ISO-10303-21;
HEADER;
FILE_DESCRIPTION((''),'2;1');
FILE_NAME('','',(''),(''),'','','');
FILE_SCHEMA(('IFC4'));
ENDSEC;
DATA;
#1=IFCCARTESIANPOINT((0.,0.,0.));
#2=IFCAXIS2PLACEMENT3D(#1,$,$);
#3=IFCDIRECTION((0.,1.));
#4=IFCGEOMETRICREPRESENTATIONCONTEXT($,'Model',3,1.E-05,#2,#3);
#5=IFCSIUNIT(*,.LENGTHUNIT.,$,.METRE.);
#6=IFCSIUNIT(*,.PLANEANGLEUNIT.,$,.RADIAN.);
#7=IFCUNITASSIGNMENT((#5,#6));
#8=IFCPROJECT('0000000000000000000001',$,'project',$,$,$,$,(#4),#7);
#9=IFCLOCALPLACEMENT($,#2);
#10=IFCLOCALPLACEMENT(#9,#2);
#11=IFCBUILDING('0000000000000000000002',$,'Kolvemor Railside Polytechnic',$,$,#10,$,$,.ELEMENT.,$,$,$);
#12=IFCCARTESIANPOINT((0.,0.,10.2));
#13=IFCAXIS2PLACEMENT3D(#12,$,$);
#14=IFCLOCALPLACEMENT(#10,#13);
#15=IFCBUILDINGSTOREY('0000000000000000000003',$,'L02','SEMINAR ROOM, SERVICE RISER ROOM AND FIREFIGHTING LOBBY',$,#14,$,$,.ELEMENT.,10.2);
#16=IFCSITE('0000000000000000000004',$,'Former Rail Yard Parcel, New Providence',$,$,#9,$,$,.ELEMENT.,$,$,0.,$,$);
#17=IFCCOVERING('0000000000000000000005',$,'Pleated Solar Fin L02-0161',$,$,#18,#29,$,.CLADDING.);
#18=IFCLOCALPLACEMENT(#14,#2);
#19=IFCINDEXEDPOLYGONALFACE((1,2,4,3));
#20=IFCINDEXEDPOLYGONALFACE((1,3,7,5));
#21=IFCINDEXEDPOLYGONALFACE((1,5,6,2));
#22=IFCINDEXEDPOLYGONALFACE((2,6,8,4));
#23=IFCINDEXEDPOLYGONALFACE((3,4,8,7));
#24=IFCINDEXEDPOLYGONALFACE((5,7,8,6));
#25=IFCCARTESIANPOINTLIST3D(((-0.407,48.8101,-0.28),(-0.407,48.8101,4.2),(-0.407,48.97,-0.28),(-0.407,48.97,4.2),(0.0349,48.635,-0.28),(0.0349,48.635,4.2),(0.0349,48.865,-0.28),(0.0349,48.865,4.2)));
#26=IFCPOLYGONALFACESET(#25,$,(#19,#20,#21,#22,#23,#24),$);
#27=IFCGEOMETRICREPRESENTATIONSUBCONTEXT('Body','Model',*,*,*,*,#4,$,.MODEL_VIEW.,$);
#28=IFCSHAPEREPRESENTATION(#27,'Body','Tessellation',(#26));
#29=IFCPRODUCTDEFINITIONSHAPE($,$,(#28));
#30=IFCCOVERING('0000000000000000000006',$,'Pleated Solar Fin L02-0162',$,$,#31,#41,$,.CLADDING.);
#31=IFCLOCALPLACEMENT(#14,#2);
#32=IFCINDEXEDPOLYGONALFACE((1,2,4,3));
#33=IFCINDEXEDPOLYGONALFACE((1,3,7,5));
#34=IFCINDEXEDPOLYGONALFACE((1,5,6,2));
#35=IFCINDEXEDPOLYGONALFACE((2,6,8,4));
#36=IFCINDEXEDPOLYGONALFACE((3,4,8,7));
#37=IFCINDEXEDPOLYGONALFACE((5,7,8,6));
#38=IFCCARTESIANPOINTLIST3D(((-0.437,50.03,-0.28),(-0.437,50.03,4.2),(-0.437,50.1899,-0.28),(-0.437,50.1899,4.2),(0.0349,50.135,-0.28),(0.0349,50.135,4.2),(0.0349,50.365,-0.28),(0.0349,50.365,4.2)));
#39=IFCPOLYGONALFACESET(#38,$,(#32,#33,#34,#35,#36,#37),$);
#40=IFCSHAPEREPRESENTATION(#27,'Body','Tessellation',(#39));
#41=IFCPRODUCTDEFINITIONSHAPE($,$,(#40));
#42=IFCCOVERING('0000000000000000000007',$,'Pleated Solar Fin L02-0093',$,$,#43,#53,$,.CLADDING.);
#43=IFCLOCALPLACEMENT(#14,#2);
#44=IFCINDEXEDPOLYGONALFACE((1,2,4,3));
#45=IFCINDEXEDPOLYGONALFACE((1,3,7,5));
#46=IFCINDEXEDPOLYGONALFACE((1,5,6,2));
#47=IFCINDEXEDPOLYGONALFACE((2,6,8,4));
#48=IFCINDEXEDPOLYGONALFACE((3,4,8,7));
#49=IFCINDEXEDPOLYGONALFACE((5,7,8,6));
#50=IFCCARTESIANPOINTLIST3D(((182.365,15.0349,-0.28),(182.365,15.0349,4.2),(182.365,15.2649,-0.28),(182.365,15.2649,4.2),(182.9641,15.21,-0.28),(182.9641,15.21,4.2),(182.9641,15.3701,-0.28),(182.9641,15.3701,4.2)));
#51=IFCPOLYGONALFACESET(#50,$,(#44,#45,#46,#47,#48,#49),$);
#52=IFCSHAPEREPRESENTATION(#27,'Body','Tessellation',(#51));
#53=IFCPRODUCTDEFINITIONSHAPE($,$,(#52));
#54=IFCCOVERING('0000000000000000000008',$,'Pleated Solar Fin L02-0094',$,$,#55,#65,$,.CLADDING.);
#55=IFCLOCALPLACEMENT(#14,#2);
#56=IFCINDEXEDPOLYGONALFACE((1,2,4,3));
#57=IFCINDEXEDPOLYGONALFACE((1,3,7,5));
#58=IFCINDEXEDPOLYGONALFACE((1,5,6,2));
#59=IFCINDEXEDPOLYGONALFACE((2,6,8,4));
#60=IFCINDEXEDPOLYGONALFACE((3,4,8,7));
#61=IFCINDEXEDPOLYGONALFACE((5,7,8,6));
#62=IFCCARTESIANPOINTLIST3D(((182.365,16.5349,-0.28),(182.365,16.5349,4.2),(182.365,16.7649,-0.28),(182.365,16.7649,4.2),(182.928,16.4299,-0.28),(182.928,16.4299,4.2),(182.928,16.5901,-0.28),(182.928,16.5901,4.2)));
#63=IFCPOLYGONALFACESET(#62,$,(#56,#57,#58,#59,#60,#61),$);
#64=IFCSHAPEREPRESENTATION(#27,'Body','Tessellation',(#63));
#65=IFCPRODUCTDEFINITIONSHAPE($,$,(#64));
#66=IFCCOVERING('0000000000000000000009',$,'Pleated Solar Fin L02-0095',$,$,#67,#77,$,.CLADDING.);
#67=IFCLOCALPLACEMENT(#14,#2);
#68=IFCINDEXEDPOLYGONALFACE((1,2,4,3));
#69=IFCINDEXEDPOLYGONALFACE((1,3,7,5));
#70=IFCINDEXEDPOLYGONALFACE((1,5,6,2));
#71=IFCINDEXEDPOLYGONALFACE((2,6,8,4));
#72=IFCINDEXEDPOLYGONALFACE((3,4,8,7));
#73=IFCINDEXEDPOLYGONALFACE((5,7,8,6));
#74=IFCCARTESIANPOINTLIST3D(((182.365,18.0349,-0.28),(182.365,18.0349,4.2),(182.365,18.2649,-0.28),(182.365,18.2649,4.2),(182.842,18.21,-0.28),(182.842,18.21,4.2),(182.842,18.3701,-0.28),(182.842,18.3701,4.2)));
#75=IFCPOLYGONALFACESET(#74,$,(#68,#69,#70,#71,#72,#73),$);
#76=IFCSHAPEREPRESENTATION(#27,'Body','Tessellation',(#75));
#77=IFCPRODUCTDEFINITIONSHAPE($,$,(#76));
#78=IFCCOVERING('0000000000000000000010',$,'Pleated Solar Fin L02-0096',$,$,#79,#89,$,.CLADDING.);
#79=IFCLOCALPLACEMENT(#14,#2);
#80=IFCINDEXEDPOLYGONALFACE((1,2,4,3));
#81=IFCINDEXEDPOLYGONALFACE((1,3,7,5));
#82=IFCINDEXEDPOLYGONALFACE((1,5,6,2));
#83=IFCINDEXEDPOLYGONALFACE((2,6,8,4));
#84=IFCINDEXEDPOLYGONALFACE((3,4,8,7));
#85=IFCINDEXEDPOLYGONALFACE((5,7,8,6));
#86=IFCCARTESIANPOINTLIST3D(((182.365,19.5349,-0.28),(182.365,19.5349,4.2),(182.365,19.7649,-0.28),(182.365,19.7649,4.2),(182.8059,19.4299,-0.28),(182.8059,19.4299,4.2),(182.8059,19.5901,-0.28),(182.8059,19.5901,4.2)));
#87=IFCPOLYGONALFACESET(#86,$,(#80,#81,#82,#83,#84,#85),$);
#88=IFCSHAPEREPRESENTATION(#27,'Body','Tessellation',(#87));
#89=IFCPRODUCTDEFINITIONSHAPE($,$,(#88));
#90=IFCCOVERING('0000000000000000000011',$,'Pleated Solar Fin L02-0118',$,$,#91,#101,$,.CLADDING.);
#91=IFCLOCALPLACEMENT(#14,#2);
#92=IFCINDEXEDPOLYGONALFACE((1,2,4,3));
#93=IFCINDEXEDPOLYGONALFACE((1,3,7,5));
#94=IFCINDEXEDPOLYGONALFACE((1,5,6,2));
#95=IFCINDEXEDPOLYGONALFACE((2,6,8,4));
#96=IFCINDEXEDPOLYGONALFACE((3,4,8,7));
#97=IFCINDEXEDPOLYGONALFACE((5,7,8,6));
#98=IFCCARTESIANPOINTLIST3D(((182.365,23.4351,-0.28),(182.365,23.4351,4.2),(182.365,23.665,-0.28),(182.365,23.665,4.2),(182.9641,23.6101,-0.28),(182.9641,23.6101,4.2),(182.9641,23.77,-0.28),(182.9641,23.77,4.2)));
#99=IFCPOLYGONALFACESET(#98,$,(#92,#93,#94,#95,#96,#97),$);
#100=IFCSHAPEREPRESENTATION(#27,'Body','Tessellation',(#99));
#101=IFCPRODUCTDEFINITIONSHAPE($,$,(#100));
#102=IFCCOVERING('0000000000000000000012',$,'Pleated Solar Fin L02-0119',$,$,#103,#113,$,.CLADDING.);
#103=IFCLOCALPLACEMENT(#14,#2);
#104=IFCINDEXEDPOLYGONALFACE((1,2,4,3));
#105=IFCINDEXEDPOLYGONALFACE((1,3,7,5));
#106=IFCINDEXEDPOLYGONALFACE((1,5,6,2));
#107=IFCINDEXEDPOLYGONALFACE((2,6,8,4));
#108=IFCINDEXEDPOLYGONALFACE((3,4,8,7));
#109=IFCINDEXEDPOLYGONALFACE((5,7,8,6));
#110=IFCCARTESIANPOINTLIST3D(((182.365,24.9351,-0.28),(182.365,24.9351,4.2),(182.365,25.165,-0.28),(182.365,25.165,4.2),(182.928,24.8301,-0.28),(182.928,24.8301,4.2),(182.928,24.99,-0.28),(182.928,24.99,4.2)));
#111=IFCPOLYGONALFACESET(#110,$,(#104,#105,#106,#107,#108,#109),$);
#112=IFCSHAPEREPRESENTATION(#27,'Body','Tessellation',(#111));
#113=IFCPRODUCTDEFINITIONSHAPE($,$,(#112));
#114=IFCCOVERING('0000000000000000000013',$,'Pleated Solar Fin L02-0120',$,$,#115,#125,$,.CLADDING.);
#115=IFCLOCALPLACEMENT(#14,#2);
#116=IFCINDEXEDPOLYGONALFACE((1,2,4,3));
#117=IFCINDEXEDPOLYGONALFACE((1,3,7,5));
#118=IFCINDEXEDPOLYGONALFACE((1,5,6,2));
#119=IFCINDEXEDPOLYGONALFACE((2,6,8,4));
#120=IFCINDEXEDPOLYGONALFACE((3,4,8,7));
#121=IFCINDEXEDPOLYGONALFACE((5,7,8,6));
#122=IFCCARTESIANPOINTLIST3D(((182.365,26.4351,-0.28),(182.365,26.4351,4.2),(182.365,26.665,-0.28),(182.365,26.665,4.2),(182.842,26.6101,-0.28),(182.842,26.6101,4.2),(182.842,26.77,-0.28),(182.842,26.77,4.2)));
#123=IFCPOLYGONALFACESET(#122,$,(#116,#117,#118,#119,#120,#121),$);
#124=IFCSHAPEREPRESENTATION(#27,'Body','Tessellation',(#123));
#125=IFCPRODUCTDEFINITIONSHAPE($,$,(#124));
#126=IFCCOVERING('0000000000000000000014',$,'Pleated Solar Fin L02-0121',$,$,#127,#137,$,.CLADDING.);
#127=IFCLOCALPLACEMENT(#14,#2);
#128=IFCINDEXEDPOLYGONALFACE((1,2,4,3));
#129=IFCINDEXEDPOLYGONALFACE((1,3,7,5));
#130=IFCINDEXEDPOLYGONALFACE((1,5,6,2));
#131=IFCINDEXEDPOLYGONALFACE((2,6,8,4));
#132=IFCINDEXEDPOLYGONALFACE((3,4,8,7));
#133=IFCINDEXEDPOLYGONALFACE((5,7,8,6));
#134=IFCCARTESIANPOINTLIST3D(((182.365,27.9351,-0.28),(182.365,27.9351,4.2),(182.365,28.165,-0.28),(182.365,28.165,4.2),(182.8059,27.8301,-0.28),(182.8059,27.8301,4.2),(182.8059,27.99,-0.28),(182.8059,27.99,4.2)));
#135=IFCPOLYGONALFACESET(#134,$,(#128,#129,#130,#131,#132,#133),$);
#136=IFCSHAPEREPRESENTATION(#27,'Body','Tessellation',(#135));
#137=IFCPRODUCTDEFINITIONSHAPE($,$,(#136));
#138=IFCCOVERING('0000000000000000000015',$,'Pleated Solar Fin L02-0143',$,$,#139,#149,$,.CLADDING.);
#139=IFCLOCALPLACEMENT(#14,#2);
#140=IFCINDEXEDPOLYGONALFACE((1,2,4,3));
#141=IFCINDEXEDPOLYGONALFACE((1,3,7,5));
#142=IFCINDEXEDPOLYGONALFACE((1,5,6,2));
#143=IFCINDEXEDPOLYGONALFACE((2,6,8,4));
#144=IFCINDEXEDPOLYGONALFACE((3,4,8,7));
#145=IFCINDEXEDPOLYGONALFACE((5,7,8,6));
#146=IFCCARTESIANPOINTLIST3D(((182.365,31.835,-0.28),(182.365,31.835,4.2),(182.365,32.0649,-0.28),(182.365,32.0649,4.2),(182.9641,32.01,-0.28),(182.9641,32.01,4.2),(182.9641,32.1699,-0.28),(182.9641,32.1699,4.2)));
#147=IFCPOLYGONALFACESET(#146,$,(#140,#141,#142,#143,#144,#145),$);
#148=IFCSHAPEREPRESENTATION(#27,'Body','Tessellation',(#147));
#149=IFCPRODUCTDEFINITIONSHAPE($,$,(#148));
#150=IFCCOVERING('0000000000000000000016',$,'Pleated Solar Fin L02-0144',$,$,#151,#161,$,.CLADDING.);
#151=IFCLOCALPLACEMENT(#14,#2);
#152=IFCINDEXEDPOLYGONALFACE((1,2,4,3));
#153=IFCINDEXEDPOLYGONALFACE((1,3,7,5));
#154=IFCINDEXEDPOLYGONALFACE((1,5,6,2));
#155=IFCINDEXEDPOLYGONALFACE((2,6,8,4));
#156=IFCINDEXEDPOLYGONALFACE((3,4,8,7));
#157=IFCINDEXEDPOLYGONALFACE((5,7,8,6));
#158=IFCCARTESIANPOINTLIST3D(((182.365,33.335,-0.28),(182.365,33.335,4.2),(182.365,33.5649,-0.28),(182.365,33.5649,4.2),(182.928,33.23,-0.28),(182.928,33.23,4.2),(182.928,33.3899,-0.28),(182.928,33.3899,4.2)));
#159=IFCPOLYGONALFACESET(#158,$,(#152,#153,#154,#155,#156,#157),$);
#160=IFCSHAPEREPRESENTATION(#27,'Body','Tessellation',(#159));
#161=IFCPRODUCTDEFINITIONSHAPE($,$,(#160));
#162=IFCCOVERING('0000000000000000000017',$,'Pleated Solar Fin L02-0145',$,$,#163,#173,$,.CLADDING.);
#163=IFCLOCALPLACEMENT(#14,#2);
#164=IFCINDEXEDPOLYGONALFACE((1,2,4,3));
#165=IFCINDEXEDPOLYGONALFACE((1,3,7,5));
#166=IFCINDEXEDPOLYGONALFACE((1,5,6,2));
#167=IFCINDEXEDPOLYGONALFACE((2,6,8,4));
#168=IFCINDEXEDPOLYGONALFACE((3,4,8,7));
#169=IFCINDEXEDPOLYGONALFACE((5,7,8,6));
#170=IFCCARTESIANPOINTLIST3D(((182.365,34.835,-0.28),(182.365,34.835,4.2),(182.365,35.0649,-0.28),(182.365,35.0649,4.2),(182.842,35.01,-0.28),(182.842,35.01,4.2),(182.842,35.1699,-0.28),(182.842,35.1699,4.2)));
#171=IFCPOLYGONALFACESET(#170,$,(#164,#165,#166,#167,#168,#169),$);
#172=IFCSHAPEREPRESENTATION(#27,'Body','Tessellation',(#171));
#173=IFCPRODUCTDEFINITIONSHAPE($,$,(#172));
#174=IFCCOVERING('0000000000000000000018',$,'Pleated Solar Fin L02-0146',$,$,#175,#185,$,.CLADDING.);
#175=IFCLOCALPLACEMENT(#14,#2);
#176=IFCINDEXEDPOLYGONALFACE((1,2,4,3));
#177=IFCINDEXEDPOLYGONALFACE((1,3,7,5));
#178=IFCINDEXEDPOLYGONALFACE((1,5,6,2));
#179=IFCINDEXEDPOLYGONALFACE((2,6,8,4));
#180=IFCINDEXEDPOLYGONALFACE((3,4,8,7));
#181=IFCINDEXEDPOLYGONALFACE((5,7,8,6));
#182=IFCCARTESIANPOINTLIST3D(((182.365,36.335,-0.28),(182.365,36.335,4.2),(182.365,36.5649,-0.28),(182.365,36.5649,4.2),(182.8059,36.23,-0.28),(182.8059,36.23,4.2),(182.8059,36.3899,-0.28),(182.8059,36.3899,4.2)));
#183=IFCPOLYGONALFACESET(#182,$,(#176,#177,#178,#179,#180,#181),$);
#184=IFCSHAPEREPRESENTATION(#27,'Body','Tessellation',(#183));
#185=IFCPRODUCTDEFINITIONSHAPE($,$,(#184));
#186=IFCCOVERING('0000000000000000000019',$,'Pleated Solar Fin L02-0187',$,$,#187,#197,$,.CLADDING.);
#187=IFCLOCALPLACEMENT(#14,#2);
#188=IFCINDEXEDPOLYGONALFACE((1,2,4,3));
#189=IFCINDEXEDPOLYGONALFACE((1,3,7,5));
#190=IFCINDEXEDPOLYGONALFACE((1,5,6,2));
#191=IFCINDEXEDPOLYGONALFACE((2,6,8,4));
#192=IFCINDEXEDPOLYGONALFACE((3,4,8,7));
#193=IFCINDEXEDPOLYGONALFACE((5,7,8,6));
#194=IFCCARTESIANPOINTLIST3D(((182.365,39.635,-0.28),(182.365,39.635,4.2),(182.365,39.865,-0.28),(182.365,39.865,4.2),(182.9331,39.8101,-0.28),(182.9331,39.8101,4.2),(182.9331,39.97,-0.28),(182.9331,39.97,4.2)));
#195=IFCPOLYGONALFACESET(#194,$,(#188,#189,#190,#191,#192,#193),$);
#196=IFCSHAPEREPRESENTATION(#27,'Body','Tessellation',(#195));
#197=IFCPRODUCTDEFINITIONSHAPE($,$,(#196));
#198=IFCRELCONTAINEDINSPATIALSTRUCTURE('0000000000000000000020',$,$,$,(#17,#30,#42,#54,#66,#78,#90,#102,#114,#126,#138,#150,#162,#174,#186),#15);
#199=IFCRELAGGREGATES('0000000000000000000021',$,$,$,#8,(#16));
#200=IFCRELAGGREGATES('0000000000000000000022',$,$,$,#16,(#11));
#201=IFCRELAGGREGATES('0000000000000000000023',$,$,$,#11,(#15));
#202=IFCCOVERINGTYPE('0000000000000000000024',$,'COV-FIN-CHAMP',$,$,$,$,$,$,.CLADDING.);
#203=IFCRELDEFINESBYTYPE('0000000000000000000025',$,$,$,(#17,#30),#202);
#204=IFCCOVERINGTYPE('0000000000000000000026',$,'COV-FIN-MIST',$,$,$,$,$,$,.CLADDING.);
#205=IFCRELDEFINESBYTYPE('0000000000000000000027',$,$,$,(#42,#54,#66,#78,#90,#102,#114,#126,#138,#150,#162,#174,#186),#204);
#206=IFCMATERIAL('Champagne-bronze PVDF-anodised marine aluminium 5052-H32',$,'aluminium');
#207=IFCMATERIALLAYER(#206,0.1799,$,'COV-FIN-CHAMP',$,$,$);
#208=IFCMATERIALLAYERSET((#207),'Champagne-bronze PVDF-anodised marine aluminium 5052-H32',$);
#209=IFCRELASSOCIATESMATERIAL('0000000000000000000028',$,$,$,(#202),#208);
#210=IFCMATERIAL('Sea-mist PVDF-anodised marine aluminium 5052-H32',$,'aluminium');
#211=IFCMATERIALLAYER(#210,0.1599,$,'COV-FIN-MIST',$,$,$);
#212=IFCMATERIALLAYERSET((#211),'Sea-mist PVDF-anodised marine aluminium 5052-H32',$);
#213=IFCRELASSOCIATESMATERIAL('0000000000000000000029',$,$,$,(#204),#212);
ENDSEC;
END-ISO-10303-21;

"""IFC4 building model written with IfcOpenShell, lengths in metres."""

from ifc_helpers import new_model, si_unit, direction, frame, origin, place, context, subcontext, project, spatial, polyline, outline, extrude, material, layer, layer_set, type_object, element, save


model = new_model("IFC4")

# Units and contexts
model_context = context("Model", 3, precision=1e-05, world=origin(), true_north=direction((0.0, 1.0)))
body_context = subcontext(model_context, "Body", "Model", "MODEL_VIEW")
ifc_project = project(units=[si_unit("LENGTHUNIT", "METRE"), si_unit("PLANEANGLEUNIT", "RADIAN")], contexts=[model_context])

# Site, building, storey
site_placement = place(None, origin())
site = spatial("IfcSite", under=ifc_project, at=site_placement, Name="Former Rail Yard Parcel, New Providence", CompositionType="ELEMENT", RefElevation=0.0)
building_placement = place(site_placement, origin())
building = spatial("IfcBuilding", under=site, at=building_placement, Name="Kolvemor Railside Polytechnic", CompositionType="ELEMENT")
storey_placement = place(building_placement, frame((0.0, 0.0, 10.2)))
storey = spatial("IfcBuildingStorey", under=building, at=storey_placement, Name="L02", Description="SEMINAR ROOM, SERVICE RISER ROOM AND FIREFIGHTING LOBBY", CompositionType="ELEMENT", Elevation=10.2)

# Coverings
ifc_material_1 = material(Name="Champagne-bronze PVDF-anodised marine aluminium 5052-H32", Category="aluminium")
ifc_layer_1 = layer(ifc_material_1, 0.1799, Name="COV-FIN-CHAMP")
ifc_layer_set_1 = layer_set([ifc_layer_1], Name="Champagne-bronze PVDF-anodised marine aluminium 5052-H32")
covering_type_1 = type_object("IfcCoveringType", Name="COV-FIN-CHAMP", PredefinedType="CLADDING", material=ifc_layer_set_1)
covering_1_placement = place(storey_placement, frame((0.0, 0.0, -0.28)))
element("IfcCovering", 1, at=covering_1_placement, inside=storey, type_object=covering_type_1, Name="Pleated Solar Fin L02-0161", PredefinedType="CLADDING", context=body_context, shape_type="SweptSolid", body=[
    extrude(outline(polyline([(0.0349, 48.635), (0.0349, 48.865), (-0.407, 48.97), (-0.407, 48.8101), (0.0349, 48.635)])), origin(), (0.0, 0.0, 1.0), 4.48),
])
covering_2_placement = place(storey_placement, frame((0.0, 0.0, -0.28)))
element("IfcCovering", 2, at=covering_2_placement, inside=storey, type_object=covering_type_1, Name="Pleated Solar Fin L02-0162", PredefinedType="CLADDING", context=body_context, shape_type="SweptSolid", body=[
    extrude(outline(polyline([(0.0349, 50.135), (0.0349, 50.365), (-0.437, 50.1899), (-0.437, 50.03), (0.0349, 50.135)])), origin(), (0.0, 0.0, 1.0), 4.48),
])
ifc_material_2 = material(Name="Sea-mist PVDF-anodised marine aluminium 5052-H32", Category="aluminium")
ifc_layer_2 = layer(ifc_material_2, 0.1599, Name="COV-FIN-MIST")
ifc_layer_set_2 = layer_set([ifc_layer_2], Name="Sea-mist PVDF-anodised marine aluminium 5052-H32")
covering_type_2 = type_object("IfcCoveringType", Name="COV-FIN-MIST", PredefinedType="CLADDING", material=ifc_layer_set_2)
covering_3_placement = place(storey_placement, frame((0.0, 0.0, -0.28)))
element("IfcCovering", 3, at=covering_3_placement, inside=storey, type_object=covering_type_2, Name="Pleated Solar Fin L02-0093", PredefinedType="CLADDING", context=body_context, shape_type="SweptSolid", body=[
    extrude(outline(polyline([(182.365, 15.0349), (182.365, 15.2649), (182.9641, 15.3701), (182.9641, 15.21), (182.365, 15.0349)])), origin(), (0.0, 0.0, 1.0), 4.48),
])
covering_4_placement = place(storey_placement, frame((0.0, 0.0, -0.28)))
element("IfcCovering", 4, at=covering_4_placement, inside=storey, type_object=covering_type_2, Name="Pleated Solar Fin L02-0094", PredefinedType="CLADDING", context=body_context, shape_type="SweptSolid", body=[
    extrude(outline(polyline([(182.365, 16.5349), (182.365, 16.7649), (182.928, 16.5901), (182.928, 16.4299), (182.365, 16.5349)])), origin(), (0.0, 0.0, 1.0), 4.48),
])
covering_5_placement = place(storey_placement, frame((0.0, 0.0, -0.28)))
element("IfcCovering", 5, at=covering_5_placement, inside=storey, type_object=covering_type_2, Name="Pleated Solar Fin L02-0095", PredefinedType="CLADDING", context=body_context, shape_type="SweptSolid", body=[
    extrude(outline(polyline([(182.365, 18.0349), (182.365, 18.2649), (182.842, 18.3701), (182.842, 18.21), (182.365, 18.0349)])), origin(), (0.0, 0.0, 1.0), 4.48),
])
covering_6_placement = place(storey_placement, frame((0.0, 0.0, -0.28)))
element("IfcCovering", 6, at=covering_6_placement, inside=storey, type_object=covering_type_2, Name="Pleated Solar Fin L02-0096", PredefinedType="CLADDING", context=body_context, shape_type="SweptSolid", body=[
    extrude(outline(polyline([(182.365, 19.5349), (182.365, 19.7649), (182.8059, 19.5901), (182.8059, 19.4299), (182.365, 19.5349)])), origin(), (0.0, 0.0, 1.0), 4.48),
])
covering_7_placement = place(storey_placement, frame((0.0, 0.0, -0.28)))
element("IfcCovering", 7, at=covering_7_placement, inside=storey, type_object=covering_type_2, Name="Pleated Solar Fin L02-0118", PredefinedType="CLADDING", context=body_context, shape_type="SweptSolid", body=[
    extrude(outline(polyline([(182.365, 23.4351), (182.365, 23.665), (182.9641, 23.77), (182.9641, 23.6101), (182.365, 23.4351)])), origin(), (0.0, 0.0, 1.0), 4.48),
])
covering_8_placement = place(storey_placement, frame((0.0, 0.0, -0.28)))
element("IfcCovering", 8, at=covering_8_placement, inside=storey, type_object=covering_type_2, Name="Pleated Solar Fin L02-0119", PredefinedType="CLADDING", context=body_context, shape_type="SweptSolid", body=[
    extrude(outline(polyline([(182.365, 24.9351), (182.365, 25.165), (182.928, 24.99), (182.928, 24.8301), (182.365, 24.9351)])), origin(), (0.0, 0.0, 1.0), 4.48),
])
covering_9_placement = place(storey_placement, frame((0.0, 0.0, -0.28)))
element("IfcCovering", 9, at=covering_9_placement, inside=storey, type_object=covering_type_2, Name="Pleated Solar Fin L02-0120", PredefinedType="CLADDING", context=body_context, shape_type="SweptSolid", body=[
    extrude(outline(polyline([(182.365, 26.4351), (182.365, 26.665), (182.842, 26.77), (182.842, 26.6101), (182.365, 26.4351)])), origin(), (0.0, 0.0, 1.0), 4.48),
])
covering_10_placement = place(storey_placement, frame((0.0, 0.0, -0.28)))
element("IfcCovering", 10, at=covering_10_placement, inside=storey, type_object=covering_type_2, Name="Pleated Solar Fin L02-0121", PredefinedType="CLADDING", context=body_context, shape_type="SweptSolid", body=[
    extrude(outline(polyline([(182.365, 27.9351), (182.365, 28.165), (182.8059, 27.99), (182.8059, 27.8301), (182.365, 27.9351)])), origin(), (0.0, 0.0, 1.0), 4.48),
])
covering_11_placement = place(storey_placement, frame((0.0, 0.0, -0.28)))
element("IfcCovering", 11, at=covering_11_placement, inside=storey, type_object=covering_type_2, Name="Pleated Solar Fin L02-0143", PredefinedType="CLADDING", context=body_context, shape_type="SweptSolid", body=[
    extrude(outline(polyline([(182.365, 31.835), (182.365, 32.0649), (182.9641, 32.1699), (182.9641, 32.01), (182.365, 31.835)])), origin(), (0.0, 0.0, 1.0), 4.48),
])
covering_12_placement = place(storey_placement, frame((0.0, 0.0, -0.28)))
element("IfcCovering", 12, at=covering_12_placement, inside=storey, type_object=covering_type_2, Name="Pleated Solar Fin L02-0144", PredefinedType="CLADDING", context=body_context, shape_type="SweptSolid", body=[
    extrude(outline(polyline([(182.365, 33.335), (182.365, 33.5649), (182.928, 33.3899), (182.928, 33.23), (182.365, 33.335)])), origin(), (0.0, 0.0, 1.0), 4.48),
])
covering_13_placement = place(storey_placement, frame((0.0, 0.0, -0.28)))
element("IfcCovering", 13, at=covering_13_placement, inside=storey, type_object=covering_type_2, Name="Pleated Solar Fin L02-0145", PredefinedType="CLADDING", context=body_context, shape_type="SweptSolid", body=[
    extrude(outline(polyline([(182.365, 34.835), (182.365, 35.0649), (182.842, 35.1699), (182.842, 35.01), (182.365, 34.835)])), origin(), (0.0, 0.0, 1.0), 4.48),
])
covering_14_placement = place(storey_placement, frame((0.0, 0.0, -0.28)))
element("IfcCovering", 14, at=covering_14_placement, inside=storey, type_object=covering_type_2, Name="Pleated Solar Fin L02-0146", PredefinedType="CLADDING", context=body_context, shape_type="SweptSolid", body=[
    extrude(outline(polyline([(182.365, 36.335), (182.365, 36.5649), (182.8059, 36.3899), (182.8059, 36.23), (182.365, 36.335)])), origin(), (0.0, 0.0, 1.0), 4.48),
])
covering_15_placement = place(storey_placement, frame((0.0, 0.0, -0.28)))
element("IfcCovering", 15, at=covering_15_placement, inside=storey, type_object=covering_type_2, Name="Pleated Solar Fin L02-0187", PredefinedType="CLADDING", context=body_context, shape_type="SweptSolid", body=[
    extrude(outline(polyline([(182.365, 39.635), (182.365, 39.865), (182.9331, 39.97), (182.9331, 39.8101), (182.365, 39.635)])), origin(), (0.0, 0.0, 1.0), 4.48),
])

save(model, "model.ifc")
